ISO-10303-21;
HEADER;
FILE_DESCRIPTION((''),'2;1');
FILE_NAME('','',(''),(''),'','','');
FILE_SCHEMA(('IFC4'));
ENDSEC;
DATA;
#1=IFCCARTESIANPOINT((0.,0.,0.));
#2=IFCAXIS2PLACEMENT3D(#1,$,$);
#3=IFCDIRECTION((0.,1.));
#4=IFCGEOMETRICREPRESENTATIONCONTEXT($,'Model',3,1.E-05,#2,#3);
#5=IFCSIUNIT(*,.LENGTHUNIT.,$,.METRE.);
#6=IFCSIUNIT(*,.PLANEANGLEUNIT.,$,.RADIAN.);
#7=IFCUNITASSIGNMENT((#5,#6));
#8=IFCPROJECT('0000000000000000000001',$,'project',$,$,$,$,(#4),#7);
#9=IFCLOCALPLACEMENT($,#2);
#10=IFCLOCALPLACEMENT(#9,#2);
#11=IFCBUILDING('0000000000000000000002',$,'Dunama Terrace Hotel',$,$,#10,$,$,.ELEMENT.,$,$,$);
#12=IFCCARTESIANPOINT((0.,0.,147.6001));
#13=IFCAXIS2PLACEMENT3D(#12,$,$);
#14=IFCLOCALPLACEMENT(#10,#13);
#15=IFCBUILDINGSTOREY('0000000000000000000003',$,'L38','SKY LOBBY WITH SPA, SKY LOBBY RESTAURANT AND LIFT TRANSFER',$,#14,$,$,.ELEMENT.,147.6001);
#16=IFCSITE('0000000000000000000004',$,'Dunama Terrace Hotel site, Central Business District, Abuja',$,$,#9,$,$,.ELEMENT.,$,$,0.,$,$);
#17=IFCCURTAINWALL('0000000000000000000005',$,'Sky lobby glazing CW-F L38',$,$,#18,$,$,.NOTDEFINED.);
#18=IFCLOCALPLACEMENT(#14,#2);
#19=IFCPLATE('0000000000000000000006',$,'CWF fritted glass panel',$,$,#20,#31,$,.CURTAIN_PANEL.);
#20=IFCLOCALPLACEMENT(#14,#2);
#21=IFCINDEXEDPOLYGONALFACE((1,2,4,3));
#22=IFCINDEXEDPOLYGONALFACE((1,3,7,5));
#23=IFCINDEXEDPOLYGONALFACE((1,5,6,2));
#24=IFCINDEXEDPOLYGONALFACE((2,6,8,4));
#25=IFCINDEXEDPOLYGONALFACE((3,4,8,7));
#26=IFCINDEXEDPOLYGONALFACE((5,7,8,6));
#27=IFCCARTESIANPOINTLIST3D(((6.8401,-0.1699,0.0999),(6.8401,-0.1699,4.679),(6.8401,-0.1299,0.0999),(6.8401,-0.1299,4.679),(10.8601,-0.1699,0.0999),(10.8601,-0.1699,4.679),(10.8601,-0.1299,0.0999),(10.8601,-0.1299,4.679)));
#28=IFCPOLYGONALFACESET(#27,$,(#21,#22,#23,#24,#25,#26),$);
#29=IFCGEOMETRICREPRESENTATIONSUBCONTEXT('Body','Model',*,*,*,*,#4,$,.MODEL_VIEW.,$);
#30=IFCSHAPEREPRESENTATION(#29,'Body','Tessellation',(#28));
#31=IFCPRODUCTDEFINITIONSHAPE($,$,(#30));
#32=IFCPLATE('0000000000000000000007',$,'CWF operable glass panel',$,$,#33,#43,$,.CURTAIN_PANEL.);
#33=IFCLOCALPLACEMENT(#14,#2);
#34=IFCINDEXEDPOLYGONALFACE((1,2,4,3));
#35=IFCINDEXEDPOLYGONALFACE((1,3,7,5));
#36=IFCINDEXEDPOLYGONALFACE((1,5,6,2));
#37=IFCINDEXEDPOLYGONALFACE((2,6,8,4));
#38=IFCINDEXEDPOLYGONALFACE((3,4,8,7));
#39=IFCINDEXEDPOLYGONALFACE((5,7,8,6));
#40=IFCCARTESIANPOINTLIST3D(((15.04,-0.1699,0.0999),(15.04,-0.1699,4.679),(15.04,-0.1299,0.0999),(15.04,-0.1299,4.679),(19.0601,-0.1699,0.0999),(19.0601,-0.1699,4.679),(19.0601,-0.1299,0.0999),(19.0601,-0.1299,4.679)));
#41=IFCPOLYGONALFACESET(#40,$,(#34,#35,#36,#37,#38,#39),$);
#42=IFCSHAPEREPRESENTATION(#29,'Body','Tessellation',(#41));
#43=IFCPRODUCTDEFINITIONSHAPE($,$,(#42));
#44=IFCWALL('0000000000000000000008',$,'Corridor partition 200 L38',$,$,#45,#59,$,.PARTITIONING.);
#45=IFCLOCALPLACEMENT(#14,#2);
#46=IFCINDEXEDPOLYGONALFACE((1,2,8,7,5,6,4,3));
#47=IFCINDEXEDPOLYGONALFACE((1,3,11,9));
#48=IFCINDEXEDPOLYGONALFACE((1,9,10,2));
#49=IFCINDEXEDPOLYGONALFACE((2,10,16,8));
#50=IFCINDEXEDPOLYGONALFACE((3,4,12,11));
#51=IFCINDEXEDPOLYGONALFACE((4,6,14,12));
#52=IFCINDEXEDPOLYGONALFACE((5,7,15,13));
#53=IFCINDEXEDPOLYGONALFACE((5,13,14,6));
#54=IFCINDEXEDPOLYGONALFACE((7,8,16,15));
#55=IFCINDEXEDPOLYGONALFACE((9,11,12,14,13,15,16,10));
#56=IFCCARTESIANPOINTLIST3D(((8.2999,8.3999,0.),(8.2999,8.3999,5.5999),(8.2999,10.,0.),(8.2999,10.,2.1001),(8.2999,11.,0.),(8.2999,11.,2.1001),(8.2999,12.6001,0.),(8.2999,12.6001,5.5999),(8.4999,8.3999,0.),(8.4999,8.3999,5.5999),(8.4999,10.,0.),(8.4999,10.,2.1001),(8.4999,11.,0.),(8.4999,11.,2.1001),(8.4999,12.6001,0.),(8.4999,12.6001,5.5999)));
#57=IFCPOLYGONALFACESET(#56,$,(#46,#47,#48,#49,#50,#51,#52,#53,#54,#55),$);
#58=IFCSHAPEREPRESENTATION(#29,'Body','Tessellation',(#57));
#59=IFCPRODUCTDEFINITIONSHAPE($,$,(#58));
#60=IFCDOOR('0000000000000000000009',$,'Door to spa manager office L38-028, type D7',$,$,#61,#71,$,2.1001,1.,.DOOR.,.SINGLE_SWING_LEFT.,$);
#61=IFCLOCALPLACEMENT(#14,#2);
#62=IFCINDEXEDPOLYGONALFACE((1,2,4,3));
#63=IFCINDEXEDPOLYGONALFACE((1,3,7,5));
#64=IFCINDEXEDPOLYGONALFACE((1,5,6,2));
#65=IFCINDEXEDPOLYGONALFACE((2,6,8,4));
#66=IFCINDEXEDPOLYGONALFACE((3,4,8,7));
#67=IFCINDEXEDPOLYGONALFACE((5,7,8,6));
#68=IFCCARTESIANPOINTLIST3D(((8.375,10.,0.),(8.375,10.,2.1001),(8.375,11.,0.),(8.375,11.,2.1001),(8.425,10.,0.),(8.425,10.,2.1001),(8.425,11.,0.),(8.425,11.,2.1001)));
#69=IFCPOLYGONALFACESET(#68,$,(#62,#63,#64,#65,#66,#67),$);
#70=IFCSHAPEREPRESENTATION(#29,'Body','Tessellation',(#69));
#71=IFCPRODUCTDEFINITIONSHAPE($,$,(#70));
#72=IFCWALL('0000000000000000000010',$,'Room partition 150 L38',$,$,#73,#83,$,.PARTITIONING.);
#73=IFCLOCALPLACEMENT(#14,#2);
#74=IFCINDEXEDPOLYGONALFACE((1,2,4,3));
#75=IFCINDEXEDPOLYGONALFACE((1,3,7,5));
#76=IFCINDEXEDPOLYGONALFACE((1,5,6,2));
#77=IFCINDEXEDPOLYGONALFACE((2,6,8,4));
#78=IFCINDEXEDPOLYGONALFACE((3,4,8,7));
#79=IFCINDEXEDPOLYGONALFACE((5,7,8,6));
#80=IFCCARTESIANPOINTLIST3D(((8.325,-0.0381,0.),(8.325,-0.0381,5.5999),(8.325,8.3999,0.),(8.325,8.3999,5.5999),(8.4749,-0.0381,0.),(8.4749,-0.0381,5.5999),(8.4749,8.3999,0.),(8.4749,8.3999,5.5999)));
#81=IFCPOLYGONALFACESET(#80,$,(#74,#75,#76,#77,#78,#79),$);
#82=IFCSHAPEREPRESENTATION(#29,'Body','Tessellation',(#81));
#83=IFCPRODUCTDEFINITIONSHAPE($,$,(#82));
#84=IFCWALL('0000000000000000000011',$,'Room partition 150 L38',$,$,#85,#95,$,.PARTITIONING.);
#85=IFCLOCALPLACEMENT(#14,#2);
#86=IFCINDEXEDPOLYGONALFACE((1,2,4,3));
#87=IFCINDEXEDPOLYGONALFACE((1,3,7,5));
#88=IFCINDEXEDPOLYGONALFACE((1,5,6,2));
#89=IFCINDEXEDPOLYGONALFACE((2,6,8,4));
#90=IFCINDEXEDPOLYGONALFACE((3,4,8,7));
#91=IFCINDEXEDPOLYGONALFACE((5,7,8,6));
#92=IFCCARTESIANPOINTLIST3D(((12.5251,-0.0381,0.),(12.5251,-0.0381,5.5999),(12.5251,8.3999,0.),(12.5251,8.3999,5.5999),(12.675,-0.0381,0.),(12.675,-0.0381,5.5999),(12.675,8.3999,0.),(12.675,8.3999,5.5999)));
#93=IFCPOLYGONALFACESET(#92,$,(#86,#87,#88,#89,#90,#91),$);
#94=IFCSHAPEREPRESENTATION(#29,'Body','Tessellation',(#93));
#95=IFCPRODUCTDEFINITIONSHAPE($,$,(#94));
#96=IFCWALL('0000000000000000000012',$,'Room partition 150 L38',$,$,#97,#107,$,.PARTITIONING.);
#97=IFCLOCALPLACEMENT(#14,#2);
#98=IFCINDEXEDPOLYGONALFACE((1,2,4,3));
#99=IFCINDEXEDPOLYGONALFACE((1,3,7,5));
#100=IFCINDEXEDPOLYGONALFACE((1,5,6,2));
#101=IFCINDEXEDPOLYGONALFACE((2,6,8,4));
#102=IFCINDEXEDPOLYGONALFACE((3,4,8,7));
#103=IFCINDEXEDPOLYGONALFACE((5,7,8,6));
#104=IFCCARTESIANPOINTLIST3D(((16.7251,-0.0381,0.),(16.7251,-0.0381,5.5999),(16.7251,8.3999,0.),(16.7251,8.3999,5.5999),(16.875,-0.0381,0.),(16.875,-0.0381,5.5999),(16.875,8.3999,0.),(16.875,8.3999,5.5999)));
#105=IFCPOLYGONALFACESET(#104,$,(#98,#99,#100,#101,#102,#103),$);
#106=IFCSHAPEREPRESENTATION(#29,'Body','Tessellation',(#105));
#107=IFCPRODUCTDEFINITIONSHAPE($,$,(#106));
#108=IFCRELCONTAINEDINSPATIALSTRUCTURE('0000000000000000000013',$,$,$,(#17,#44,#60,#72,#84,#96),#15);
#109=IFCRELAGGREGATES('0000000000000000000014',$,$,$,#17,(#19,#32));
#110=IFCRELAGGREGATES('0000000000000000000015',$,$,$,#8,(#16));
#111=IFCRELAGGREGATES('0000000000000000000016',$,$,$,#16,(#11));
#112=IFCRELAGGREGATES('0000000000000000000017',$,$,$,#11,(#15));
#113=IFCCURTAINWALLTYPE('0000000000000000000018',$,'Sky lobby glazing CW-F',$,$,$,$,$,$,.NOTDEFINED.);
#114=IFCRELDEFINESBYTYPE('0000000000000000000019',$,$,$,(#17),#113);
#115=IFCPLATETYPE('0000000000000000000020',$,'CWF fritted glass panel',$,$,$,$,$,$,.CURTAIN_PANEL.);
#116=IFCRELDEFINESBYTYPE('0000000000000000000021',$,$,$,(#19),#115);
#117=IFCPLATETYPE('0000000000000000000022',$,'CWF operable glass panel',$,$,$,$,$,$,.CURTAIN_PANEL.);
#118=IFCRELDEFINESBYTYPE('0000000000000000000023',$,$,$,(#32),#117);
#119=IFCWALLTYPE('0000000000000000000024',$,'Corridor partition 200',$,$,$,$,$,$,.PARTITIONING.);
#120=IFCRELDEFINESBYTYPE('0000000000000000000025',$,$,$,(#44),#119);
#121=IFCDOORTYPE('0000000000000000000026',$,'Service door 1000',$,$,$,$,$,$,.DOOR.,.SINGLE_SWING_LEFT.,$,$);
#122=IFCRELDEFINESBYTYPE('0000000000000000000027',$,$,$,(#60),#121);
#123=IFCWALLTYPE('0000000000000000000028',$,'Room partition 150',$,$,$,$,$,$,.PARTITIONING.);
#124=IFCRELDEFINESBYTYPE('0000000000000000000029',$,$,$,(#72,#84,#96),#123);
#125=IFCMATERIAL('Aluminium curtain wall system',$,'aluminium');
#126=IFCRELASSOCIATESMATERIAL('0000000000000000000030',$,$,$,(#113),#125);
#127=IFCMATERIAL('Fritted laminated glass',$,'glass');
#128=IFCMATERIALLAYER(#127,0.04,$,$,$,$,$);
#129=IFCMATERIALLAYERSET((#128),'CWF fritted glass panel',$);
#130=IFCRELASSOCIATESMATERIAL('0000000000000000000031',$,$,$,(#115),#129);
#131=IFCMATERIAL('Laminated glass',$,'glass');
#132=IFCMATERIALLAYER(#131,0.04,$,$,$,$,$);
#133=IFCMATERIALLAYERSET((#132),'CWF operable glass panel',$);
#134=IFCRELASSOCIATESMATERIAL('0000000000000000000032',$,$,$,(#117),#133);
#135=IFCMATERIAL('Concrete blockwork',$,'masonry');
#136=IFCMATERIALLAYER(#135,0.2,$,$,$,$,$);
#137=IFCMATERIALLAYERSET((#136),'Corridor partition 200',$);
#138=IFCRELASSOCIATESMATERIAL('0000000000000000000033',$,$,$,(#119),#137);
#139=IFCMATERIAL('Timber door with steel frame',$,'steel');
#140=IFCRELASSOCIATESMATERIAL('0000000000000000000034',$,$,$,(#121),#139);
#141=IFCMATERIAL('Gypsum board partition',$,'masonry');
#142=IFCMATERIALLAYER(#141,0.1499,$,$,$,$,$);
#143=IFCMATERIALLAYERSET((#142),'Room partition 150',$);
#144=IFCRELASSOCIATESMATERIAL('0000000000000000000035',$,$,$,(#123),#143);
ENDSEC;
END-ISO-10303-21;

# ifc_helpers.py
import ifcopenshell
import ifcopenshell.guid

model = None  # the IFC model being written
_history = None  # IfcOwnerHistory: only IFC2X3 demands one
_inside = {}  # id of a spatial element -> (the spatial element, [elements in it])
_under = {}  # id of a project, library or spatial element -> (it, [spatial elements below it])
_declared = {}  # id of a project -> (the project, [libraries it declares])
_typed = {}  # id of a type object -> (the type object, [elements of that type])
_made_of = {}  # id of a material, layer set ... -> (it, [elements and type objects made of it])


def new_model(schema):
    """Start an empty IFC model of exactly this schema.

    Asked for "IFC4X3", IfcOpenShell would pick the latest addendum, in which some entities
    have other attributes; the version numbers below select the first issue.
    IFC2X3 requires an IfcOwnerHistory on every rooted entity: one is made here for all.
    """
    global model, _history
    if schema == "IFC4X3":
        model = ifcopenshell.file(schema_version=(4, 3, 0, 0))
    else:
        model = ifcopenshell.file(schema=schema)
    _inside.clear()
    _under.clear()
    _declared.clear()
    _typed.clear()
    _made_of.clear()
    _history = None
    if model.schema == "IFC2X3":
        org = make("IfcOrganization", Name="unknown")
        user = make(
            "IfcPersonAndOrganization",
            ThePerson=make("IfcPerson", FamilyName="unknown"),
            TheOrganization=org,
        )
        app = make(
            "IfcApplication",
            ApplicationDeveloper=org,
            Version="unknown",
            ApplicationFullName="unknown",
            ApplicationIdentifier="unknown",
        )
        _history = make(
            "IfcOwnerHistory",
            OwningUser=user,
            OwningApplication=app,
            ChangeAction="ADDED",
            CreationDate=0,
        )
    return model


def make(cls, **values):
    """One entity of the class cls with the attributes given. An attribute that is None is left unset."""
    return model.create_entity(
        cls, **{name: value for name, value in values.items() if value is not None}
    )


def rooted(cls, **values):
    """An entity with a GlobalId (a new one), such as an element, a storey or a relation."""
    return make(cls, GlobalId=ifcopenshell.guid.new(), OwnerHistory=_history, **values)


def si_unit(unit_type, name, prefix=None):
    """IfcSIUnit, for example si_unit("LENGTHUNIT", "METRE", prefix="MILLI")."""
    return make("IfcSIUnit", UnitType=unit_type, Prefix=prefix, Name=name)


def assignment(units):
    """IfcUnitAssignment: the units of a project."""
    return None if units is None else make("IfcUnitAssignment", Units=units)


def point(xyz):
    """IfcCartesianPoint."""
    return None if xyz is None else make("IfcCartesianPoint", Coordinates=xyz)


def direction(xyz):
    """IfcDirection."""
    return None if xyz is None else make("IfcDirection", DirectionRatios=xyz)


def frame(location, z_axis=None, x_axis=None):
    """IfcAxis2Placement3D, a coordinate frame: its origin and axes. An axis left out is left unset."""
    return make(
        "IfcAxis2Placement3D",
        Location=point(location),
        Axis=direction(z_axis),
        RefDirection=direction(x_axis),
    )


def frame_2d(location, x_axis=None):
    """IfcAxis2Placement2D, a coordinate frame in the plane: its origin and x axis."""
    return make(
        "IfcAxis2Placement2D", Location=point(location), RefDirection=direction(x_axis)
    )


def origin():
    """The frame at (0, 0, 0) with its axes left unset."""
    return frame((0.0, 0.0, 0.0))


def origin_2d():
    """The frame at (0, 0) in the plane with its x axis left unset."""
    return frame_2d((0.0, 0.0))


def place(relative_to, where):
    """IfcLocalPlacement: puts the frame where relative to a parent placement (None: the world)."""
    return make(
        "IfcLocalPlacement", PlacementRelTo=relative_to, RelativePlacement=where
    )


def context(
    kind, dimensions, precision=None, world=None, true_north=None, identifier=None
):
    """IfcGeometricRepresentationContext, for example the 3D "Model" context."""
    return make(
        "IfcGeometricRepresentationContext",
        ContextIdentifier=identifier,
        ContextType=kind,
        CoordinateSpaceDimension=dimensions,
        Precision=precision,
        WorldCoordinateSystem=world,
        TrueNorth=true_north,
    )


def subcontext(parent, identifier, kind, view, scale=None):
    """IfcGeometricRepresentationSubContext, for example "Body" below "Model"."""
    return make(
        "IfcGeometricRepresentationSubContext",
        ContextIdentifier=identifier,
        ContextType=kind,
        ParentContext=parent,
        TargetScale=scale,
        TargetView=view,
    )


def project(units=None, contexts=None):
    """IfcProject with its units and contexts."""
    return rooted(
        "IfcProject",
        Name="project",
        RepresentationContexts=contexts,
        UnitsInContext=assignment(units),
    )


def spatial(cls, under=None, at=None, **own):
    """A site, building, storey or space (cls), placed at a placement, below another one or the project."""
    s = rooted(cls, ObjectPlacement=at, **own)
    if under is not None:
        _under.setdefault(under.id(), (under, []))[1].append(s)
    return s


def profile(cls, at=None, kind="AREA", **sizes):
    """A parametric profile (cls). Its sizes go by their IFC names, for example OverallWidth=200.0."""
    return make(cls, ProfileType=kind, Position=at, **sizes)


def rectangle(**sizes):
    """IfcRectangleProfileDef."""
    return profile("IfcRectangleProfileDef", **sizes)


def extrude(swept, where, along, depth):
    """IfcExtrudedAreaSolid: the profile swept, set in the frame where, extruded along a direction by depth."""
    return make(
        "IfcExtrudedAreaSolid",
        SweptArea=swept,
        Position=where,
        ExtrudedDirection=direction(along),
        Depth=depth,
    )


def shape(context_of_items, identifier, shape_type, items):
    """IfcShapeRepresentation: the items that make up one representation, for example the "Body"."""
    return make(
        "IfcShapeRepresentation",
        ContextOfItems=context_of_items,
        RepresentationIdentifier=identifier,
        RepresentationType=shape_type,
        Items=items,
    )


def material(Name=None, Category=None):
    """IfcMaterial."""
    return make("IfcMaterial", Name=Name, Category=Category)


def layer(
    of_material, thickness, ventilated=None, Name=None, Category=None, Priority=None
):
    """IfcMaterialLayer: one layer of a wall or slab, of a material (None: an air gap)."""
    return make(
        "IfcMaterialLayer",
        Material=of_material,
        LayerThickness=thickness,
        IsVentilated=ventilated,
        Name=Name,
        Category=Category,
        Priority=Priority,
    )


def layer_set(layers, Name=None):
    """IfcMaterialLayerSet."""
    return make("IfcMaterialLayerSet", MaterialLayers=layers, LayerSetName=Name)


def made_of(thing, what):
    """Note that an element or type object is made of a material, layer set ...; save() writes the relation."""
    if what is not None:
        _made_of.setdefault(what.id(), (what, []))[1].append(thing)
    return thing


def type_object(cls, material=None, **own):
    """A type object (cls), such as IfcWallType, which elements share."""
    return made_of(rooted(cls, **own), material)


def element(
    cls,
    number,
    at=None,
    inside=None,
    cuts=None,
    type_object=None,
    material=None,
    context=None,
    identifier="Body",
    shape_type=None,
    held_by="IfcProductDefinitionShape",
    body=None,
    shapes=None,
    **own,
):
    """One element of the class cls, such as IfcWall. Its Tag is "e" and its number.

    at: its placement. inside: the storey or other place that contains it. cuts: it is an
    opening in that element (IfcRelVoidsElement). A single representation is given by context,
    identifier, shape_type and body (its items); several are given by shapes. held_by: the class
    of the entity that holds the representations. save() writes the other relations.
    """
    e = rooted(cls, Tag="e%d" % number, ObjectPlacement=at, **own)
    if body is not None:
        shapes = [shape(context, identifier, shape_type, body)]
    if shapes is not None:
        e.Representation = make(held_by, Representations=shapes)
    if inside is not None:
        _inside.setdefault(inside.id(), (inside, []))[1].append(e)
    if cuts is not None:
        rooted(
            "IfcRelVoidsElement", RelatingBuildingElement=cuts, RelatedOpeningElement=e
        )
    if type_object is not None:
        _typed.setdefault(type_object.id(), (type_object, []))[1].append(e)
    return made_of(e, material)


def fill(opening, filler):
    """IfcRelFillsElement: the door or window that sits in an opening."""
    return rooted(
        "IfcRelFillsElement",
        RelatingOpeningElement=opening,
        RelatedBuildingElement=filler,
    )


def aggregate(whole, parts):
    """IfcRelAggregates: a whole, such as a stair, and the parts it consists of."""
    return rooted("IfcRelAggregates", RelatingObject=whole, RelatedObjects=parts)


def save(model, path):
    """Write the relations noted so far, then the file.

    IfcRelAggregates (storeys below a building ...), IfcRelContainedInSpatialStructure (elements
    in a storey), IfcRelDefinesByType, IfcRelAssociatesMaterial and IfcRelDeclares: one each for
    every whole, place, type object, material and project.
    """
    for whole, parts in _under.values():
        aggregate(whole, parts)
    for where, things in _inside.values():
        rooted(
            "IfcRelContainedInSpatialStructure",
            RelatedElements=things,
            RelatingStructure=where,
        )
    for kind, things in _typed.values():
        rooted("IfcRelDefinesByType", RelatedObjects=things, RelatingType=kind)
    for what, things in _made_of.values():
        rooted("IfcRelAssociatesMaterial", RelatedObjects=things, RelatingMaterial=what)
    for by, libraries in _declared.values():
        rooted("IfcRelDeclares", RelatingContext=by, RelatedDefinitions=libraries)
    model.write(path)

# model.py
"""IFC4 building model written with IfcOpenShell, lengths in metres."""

from ifc_helpers import new_model, si_unit, direction, frame, frame_2d, origin, origin_2d, place, context, subcontext, project, spatial, rectangle, extrude, material, layer, layer_set, type_object, element, fill, aggregate, save


model = new_model("IFC4")

# Units and contexts
model_context = context("Model", 3, precision=1e-05, world=origin(), true_north=direction((0.0, 1.0)))
body_context = subcontext(model_context, "Body", "Model", "MODEL_VIEW")
ifc_project = project(units=[si_unit("LENGTHUNIT", "METRE"), si_unit("PLANEANGLEUNIT", "RADIAN")], contexts=[model_context])

# Site, building, storey
site_placement = place(None, origin())
site = spatial("IfcSite", under=ifc_project, at=site_placement, Name="Dunama Terrace Hotel site, Central Business District, Abuja", CompositionType="ELEMENT", RefElevation=0.0)
building_placement = place(site_placement, origin())
building = spatial("IfcBuilding", under=site, at=building_placement, Name="Dunama Terrace Hotel", CompositionType="ELEMENT")
storey_placement = place(building_placement, frame((0.0, 0.0, 147.6001)))
storey = spatial("IfcBuildingStorey", under=building, at=storey_placement, Name="L38", Description="SKY LOBBY WITH SPA, SKY LOBBY RESTAURANT AND LIFT TRANSFER", CompositionType="ELEMENT", Elevation=147.6001)

# Curtain wall
ifc_material_1 = material(Name="Aluminium curtain wall system", Category="aluminium")
curtain_wall_type = type_object("IfcCurtainWallType", Name="Sky lobby glazing CW-F", PredefinedType="NOTDEFINED", material=ifc_material_1)
curtain_wall_placement = place(storey_placement, origin())
curtain_wall = element("IfcCurtainWall", 1, at=curtain_wall_placement, inside=storey, type_object=curtain_wall_type, Name="Sky lobby glazing CW-F L38", PredefinedType="NOTDEFINED")

# Plates
ifc_material_2 = material(Name="Fritted laminated glass", Category="glass")
ifc_layer_1 = layer(ifc_material_2, 0.04)
ifc_layer_set_1 = layer_set([ifc_layer_1], Name="CWF fritted glass panel")
plate_type_1 = type_object("IfcPlateType", Name="CWF fritted glass panel", PredefinedType="CURTAIN_PANEL", material=ifc_layer_set_1)
plate_1_placement = place(storey_placement, frame((8.8501, -0.1499, 0.0999), z_axis=(0.0, 0.0, 1.0), x_axis=(1.0, 0.0, 0.0)))
plate_1 = element("IfcPlate", 2, at=plate_1_placement, type_object=plate_type_1, Name="CWF fritted glass panel", PredefinedType="CURTAIN_PANEL", context=body_context, shape_type="SweptSolid", body=[
    extrude(rectangle(XDim=4.02, YDim=0.04, at=origin_2d()), origin(), (0.0, 0.0, 1.0), 4.5791),
])
ifc_material_3 = material(Name="Laminated glass", Category="glass")
ifc_layer_2 = layer(ifc_material_3, 0.04)
ifc_layer_set_2 = layer_set([ifc_layer_2], Name="CWF operable glass panel")
plate_type_2 = type_object("IfcPlateType", Name="CWF operable glass panel", PredefinedType="CURTAIN_PANEL", material=ifc_layer_set_2)
plate_2_placement = place(storey_placement, frame((17.05, -0.1499, 0.0999), z_axis=(0.0, 0.0, 1.0), x_axis=(1.0, 0.0, 0.0)))
plate_2 = element("IfcPlate", 3, at=plate_2_placement, type_object=plate_type_2, Name="CWF operable glass panel", PredefinedType="CURTAIN_PANEL", context=body_context, shape_type="SweptSolid", body=[
    extrude(rectangle(XDim=4.02, YDim=0.04, at=origin_2d()), origin(), (0.0, 0.0, 1.0), 4.5791),
])
aggregate(curtain_wall, [plate_1, plate_2])

# Wall, opening, door
ifc_material_4 = material(Name="Concrete blockwork", Category="masonry")
ifc_layer_3 = layer(ifc_material_4, 0.2)
ifc_layer_set_3 = layer_set([ifc_layer_3], Name="Corridor partition 200")
wall_type_1 = type_object("IfcWallType", Name="Corridor partition 200", PredefinedType="PARTITIONING", material=ifc_layer_set_3)
wall_1_placement = place(storey_placement, frame((8.3999, 8.3999, 0.0), z_axis=(0.0, 0.0, 1.0), x_axis=(0.0, 1.0, 0.0)))
wall_1 = element("IfcWall", 4, at=wall_1_placement, inside=storey, type_object=wall_type_1, Name="Corridor partition 200 L38", PredefinedType="PARTITIONING", context=body_context, shape_type="SweptSolid", body=[
    extrude(rectangle(XDim=4.2002, YDim=0.2, at=frame_2d((2.1001, 0.0))), origin(), (0.0, 0.0, 1.0), 5.5999),
])
opening_1_placement = place(wall_1_placement, frame((1.6001, 0.0, 0.0)))
opening_1 = element("IfcOpeningElement", 5, at=opening_1_placement, cuts=wall_1, PredefinedType="OPENING", context=body_context, shape_type="SweptSolid", body=[
    extrude(rectangle(XDim=1.0, YDim=2.1001, at=frame_2d((0.5, 1.05))), frame((0.0, 0.1099, 0.0), z_axis=(0.0, -1.0, 0.0), x_axis=(1.0, 0.0, 0.0)), (0.0, 0.0, 1.0), 0.22),
])
ifc_material_5 = material(Name="Timber door with steel frame", Category="steel")
door_type_1 = type_object("IfcDoorType", Name="Service door 1000", OperationType="SINGLE_SWING_LEFT", PredefinedType="DOOR", material=ifc_material_5)
door_1_placement = place(opening_1_placement, origin())
door_1 = element("IfcDoor", 6, at=door_1_placement, inside=storey, type_object=door_type_1, Name="Door to spa manager office L38-028, type D7", OperationType="SINGLE_SWING_LEFT", OverallHeight=2.1001, OverallWidth=1.0, PredefinedType="DOOR", context=body_context, shape_type="SweptSolid", body=[
    extrude(rectangle(XDim=1.0, YDim=2.1001, at=frame_2d((0.5, 1.05))), frame((0.0, 0.0249, 0.0), z_axis=(0.0, -1.0, 0.0), x_axis=(1.0, 0.0, 0.0)), (0.0, 0.0, 1.0), 0.05),
])
fill(opening_1, door_1)

# Walls
ifc_material_6 = material(Name="Gypsum board partition", Category="masonry")
ifc_layer_4 = layer(ifc_material_6, 0.1499)
ifc_layer_set_4 = layer_set([ifc_layer_4], Name="Room partition 150")
wall_type_2 = type_object("IfcWallType", Name="Room partition 150", PredefinedType="PARTITIONING", material=ifc_layer_set_4)
for number, where, z_axis, x_axis, name in (
    (7, (8.3999, -0.0381, 0.0), (0.0, 0.0, 1.0), (0.0, 1.0, 0.0), "Room partition 150 L38"),
    (8, (12.6001, -0.0381, 0.0), (0.0, 0.0, 1.0), (0.0, 1.0, 0.0), "Room partition 150 L38"),
    (9, (16.8, -0.0381, 0.0), (0.0, 0.0, 1.0), (0.0, 1.0, 0.0), "Room partition 150 L38"),
):
    element("IfcWall", number, at=place(storey_placement, frame(where, z_axis=z_axis, x_axis=x_axis)), inside=storey, type_object=wall_type_2, Name=name, PredefinedType="PARTITIONING", context=body_context, shape_type="SweptSolid", body=[
        extrude(rectangle(XDim=8.438, YDim=0.1499, at=frame_2d((4.219, 0.0))), origin(), (0.0, 0.0, 1.0), 5.5999),
    ])

save(model, "model.ifc")
